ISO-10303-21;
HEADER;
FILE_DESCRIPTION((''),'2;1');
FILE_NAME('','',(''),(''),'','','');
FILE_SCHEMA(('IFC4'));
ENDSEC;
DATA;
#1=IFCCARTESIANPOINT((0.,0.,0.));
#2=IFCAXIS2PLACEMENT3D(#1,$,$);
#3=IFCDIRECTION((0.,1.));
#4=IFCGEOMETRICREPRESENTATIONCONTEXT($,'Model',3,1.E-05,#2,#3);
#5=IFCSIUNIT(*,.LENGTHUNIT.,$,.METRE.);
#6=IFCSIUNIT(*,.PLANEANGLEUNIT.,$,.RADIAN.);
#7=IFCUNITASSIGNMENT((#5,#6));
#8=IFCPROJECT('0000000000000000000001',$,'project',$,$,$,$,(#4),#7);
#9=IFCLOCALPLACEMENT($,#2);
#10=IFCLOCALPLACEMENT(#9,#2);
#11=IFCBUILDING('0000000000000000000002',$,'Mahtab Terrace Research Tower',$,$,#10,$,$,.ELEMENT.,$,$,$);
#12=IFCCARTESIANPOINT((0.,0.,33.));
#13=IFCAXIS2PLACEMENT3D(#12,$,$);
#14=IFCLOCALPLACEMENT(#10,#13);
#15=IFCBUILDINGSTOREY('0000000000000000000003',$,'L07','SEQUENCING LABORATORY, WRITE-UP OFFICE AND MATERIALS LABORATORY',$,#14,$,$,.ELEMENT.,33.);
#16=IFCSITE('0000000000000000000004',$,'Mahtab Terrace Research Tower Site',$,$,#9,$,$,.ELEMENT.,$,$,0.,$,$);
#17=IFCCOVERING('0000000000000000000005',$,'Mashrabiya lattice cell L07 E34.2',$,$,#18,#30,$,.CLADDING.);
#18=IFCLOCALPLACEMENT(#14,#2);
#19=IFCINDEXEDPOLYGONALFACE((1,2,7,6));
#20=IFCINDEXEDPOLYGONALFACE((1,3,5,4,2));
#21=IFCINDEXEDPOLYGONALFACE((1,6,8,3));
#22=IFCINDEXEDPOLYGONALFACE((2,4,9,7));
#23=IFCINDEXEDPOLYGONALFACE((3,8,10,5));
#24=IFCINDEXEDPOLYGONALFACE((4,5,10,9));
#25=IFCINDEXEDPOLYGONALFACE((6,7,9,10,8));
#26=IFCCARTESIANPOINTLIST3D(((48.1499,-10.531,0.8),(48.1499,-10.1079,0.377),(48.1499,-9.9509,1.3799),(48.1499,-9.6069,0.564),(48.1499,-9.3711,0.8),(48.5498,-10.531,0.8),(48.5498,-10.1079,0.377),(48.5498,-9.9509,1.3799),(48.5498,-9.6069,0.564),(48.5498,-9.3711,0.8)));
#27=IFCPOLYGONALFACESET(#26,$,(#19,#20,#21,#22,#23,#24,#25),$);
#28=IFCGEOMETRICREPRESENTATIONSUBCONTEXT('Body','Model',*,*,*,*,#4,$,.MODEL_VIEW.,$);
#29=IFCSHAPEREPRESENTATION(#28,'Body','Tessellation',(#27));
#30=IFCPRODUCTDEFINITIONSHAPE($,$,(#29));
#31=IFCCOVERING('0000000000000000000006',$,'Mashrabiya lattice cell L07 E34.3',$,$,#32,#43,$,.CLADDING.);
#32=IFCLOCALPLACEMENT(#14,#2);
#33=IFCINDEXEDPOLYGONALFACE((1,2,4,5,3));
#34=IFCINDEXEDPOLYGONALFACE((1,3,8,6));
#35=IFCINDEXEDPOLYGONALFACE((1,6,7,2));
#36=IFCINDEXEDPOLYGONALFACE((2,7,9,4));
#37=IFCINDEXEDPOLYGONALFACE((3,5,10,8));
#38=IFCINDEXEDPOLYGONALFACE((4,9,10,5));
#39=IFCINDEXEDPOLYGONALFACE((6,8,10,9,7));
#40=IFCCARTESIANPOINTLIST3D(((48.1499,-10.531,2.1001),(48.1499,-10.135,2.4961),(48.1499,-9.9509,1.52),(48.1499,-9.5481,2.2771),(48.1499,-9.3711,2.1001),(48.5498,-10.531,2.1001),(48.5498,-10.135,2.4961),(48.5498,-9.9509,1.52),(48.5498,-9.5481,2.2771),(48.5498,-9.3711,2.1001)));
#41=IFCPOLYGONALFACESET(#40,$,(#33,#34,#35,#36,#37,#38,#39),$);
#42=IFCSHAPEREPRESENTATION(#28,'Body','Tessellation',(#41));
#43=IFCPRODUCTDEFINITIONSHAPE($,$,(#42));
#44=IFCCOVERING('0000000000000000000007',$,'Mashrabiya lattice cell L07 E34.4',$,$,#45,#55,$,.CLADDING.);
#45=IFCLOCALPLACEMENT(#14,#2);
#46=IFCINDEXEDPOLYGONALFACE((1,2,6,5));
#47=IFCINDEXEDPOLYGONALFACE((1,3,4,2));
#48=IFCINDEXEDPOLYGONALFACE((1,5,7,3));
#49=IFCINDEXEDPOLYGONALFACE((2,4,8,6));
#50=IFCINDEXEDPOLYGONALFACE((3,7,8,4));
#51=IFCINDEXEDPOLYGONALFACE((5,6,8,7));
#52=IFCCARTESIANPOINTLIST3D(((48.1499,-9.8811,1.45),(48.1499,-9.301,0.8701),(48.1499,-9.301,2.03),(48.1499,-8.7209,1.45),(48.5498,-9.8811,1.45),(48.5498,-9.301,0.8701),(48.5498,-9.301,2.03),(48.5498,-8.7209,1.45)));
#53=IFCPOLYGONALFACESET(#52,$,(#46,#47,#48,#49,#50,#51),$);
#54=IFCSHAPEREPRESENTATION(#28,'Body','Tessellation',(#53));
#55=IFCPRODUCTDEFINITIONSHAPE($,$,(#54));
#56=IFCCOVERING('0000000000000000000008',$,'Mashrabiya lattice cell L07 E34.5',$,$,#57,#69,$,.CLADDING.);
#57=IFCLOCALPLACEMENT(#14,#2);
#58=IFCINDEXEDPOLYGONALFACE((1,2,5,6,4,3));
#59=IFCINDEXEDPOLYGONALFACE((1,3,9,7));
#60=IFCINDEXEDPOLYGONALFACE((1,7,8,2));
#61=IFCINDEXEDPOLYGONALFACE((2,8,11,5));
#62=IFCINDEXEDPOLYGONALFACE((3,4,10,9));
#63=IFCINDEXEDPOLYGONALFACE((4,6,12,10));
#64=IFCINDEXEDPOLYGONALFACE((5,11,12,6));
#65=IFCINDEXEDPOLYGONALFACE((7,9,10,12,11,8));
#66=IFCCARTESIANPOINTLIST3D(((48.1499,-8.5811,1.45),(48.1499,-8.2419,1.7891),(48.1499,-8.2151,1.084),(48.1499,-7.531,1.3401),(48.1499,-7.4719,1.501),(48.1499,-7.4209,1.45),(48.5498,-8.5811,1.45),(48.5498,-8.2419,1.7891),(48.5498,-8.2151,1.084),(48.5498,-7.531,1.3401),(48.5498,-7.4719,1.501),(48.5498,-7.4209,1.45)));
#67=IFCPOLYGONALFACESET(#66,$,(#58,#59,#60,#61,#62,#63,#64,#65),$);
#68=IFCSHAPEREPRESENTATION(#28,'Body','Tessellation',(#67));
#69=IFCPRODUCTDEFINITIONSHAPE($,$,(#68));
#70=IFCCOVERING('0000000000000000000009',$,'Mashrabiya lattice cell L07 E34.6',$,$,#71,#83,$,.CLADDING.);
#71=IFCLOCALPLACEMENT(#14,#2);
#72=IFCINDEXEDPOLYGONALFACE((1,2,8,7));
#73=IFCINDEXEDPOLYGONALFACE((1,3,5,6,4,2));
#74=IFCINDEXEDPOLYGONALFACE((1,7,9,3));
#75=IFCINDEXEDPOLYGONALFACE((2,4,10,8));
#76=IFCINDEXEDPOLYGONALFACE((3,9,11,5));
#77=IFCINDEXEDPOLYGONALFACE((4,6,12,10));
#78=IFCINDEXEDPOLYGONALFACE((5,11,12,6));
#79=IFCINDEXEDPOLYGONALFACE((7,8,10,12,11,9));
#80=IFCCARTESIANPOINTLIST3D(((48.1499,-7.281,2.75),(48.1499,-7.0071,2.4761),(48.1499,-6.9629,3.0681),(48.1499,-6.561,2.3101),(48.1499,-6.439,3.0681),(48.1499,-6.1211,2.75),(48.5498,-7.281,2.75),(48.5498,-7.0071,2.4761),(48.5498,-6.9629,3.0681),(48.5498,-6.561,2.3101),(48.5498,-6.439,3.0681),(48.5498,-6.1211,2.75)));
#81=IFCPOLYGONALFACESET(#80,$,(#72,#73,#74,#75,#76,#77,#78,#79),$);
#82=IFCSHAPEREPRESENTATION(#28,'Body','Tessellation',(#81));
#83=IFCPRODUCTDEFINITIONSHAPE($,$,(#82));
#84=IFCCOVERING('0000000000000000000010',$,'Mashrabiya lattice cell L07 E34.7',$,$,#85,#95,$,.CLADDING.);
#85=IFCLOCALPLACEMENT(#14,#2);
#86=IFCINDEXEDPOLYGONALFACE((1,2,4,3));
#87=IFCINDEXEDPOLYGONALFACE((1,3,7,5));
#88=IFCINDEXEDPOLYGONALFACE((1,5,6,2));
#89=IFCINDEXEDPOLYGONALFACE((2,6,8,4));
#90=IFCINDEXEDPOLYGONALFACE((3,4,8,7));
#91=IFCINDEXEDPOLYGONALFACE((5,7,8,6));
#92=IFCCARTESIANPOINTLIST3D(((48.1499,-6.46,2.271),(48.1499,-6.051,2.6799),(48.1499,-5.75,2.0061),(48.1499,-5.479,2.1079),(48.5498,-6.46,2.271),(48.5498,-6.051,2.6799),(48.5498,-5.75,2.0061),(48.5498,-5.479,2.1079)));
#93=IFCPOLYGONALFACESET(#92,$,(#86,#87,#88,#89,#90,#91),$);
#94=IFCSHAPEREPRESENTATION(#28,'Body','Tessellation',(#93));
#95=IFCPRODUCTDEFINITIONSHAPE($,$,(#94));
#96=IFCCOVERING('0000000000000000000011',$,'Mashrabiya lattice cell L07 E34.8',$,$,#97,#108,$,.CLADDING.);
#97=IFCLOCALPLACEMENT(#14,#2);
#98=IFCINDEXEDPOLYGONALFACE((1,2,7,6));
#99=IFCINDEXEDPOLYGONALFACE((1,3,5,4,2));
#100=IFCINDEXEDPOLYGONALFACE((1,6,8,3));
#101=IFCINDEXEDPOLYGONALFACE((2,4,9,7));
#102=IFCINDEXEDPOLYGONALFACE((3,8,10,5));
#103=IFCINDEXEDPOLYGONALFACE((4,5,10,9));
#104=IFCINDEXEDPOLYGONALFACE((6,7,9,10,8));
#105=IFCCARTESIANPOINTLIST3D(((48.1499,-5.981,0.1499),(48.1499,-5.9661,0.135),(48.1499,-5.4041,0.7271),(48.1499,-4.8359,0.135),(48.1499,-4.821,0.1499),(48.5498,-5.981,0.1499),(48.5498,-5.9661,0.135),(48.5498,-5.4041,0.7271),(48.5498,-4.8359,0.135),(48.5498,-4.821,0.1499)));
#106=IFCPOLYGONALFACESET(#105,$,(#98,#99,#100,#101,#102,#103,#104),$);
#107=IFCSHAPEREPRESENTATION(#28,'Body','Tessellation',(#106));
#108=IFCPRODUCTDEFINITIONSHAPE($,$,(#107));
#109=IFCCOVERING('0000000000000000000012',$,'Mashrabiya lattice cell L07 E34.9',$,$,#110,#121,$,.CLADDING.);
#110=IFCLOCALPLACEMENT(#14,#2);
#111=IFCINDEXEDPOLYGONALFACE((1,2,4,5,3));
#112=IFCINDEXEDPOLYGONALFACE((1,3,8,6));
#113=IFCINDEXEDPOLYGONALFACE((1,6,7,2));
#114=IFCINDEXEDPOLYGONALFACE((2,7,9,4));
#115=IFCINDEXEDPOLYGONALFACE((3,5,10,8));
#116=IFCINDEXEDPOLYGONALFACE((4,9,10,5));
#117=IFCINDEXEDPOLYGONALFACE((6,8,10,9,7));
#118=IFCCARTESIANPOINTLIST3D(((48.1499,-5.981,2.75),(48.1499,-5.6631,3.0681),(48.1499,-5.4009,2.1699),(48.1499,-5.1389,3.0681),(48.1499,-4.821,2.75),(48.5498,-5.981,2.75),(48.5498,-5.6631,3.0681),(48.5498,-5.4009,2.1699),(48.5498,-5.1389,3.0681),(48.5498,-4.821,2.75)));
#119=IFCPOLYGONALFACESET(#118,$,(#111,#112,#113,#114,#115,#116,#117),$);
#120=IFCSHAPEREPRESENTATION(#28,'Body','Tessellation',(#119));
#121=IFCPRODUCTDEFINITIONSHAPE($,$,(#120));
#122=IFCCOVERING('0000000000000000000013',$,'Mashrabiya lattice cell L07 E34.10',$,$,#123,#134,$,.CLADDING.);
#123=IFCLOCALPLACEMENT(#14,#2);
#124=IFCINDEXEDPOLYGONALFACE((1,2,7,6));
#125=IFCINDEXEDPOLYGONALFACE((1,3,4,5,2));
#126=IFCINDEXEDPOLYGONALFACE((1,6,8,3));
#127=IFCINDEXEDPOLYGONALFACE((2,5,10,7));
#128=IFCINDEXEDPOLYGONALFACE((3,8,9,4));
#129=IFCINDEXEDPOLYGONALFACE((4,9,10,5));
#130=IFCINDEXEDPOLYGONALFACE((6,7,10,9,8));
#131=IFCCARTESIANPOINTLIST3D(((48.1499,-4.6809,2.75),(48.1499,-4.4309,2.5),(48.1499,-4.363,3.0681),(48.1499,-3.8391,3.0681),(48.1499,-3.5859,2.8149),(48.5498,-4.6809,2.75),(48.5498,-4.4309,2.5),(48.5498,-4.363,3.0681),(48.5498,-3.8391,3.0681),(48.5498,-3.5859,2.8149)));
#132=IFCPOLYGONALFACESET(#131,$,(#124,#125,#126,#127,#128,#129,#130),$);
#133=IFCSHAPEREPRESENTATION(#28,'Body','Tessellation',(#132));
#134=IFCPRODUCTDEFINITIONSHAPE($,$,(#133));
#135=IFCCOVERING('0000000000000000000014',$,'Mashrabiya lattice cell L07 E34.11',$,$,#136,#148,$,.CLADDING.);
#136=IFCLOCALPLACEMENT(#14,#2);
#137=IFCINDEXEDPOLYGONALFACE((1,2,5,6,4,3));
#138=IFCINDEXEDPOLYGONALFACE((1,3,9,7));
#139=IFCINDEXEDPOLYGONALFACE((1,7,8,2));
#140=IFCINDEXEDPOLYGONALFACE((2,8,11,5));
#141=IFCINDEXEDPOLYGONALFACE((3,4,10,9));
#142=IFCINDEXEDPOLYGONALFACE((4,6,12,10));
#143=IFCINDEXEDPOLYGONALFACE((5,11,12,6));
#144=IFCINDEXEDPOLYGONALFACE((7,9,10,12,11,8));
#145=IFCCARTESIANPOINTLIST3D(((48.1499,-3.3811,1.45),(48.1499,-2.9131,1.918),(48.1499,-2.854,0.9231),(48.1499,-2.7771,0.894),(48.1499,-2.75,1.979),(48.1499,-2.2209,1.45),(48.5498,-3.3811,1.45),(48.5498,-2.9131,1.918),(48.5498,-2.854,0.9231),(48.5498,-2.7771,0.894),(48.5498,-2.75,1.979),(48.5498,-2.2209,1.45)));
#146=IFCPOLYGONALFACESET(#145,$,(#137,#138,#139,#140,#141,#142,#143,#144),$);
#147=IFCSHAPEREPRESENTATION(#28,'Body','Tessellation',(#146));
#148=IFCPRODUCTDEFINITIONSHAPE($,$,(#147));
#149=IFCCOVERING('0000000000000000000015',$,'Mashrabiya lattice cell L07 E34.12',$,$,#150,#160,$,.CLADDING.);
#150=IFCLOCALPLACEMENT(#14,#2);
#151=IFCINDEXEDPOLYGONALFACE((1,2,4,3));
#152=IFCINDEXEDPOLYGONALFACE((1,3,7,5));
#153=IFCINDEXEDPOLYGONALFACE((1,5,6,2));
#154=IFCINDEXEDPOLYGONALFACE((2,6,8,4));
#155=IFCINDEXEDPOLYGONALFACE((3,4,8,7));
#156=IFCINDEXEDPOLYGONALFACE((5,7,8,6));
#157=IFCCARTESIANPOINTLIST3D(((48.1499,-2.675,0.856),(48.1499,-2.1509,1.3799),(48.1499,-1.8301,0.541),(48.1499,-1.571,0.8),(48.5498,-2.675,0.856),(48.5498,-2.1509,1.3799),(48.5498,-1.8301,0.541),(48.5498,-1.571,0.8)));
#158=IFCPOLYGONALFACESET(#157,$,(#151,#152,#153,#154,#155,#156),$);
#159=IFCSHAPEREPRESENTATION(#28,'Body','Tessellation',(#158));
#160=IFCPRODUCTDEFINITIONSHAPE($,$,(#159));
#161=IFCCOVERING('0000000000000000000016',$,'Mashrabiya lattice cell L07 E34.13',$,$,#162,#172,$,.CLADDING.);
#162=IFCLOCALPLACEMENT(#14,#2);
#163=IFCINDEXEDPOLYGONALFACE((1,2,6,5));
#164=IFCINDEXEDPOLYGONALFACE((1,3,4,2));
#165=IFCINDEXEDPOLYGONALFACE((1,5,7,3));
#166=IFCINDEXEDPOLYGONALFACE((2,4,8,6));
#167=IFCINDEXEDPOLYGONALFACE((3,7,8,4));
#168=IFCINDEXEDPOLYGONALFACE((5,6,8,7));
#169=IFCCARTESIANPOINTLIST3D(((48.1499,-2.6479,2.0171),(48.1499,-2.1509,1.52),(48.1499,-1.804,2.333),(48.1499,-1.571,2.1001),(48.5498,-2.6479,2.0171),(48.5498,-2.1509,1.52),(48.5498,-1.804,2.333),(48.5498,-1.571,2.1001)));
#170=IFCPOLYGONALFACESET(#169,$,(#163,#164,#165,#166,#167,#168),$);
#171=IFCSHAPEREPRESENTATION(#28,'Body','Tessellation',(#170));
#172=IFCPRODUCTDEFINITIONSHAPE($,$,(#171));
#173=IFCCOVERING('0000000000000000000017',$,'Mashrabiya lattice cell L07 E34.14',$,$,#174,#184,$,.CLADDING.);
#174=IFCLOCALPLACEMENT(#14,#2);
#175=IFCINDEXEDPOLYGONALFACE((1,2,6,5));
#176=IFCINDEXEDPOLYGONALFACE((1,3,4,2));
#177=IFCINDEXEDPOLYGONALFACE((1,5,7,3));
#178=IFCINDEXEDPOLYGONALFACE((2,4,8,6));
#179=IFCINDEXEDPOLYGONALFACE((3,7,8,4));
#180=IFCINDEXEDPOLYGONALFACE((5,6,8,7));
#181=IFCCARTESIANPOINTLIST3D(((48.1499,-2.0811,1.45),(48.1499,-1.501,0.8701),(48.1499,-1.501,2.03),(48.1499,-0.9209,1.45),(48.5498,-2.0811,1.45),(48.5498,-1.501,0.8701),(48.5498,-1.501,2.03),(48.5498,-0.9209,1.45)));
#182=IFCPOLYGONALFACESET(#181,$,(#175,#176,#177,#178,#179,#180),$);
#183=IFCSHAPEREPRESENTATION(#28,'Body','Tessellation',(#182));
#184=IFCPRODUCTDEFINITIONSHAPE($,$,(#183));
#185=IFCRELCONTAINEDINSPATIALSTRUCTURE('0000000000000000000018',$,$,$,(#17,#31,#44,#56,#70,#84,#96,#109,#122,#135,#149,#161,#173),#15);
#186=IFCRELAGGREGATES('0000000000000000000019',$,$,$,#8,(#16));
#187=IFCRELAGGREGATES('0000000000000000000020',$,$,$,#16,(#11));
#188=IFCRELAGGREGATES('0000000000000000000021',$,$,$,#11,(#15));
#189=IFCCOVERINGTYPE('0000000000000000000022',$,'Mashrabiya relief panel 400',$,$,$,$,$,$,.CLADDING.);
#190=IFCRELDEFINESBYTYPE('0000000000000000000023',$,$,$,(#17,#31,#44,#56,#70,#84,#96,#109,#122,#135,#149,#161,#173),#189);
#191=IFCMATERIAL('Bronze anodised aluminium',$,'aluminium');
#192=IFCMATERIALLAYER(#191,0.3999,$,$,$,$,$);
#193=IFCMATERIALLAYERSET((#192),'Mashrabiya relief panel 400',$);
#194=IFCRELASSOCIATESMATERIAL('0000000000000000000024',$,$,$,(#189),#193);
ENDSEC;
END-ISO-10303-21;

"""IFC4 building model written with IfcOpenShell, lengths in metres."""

from ifc_helpers import new_model, si_unit, direction, frame, origin, place, context, subcontext, project, spatial, polyline, outline, extrude, material, layer, layer_set, type_object, element, save


model = new_model("IFC4")

# Units and contexts
model_context = context("Model", 3, precision=1e-05, world=origin(), true_north=direction((0.0, 1.0)))
body_context = subcontext(model_context, "Body", "Model", "MODEL_VIEW")
ifc_project = project(units=[si_unit("LENGTHUNIT", "METRE"), si_unit("PLANEANGLEUNIT", "RADIAN")], contexts=[model_context])

# Site, building, storey
site_placement = place(None, origin())
site = spatial("IfcSite", under=ifc_project, at=site_placement, Name="Mahtab Terrace Research Tower Site", CompositionType="ELEMENT", RefElevation=0.0)
building_placement = place(site_placement, origin())
building = spatial("IfcBuilding", under=site, at=building_placement, Name="Mahtab Terrace Research Tower", CompositionType="ELEMENT")
storey_placement = place(building_placement, frame((0.0, 0.0, 33.0)))
storey = spatial("IfcBuildingStorey", under=building, at=storey_placement, Name="L07", Description="SEQUENCING LABORATORY, WRITE-UP OFFICE AND MATERIALS LABORATORY", CompositionType="ELEMENT", Elevation=33.0)

# Coverings
ifc_material = material(Name="Bronze anodised aluminium", Category="aluminium")
ifc_layer = layer(ifc_material, 0.3999)
ifc_layer_set = layer_set([ifc_layer], Name="Mashrabiya relief panel 400")
covering_type = type_object("IfcCoveringType", Name="Mashrabiya relief panel 400", PredefinedType="CLADDING", material=ifc_layer_set)
covering_1_placement = place(storey_placement, frame((48.1499, -10.531, 0.8), z_axis=(-1.0, 0.0, 0.0), x_axis=(0.0, 0.707256, 0.706958)))
element("IfcCovering", 1, at=covering_1_placement, inside=storey, type_object=covering_type, Name="Mashrabiya lattice cell L07 E34.2", PredefinedType="CLADDING", context=body_context, shape_type="SweptSolid", body=[
    extrude(outline(polyline([(0.0, 0.0), (0.8202, 0.0), (0.8204, 0.82), (0.4867, 0.8203), (0.0001, 0.5983), (0.0, 0.0)])), origin(), (0.0, 0.0, -1.0), 0.3999),
])
covering_2_placement = place(storey_placement, frame((48.1499, -9.3711, 2.1001), z_axis=(-1.0, 0.0, 0.0), x_axis=(0.0, -0.706958, -0.707256)))
element("IfcCovering", 2, at=covering_2_placement, inside=storey, type_object=covering_type, Name="Mashrabiya lattice cell L07 E34.3", PredefinedType="CLADDING", context=body_context, shape_type="SweptSolid", body=[
    extrude(outline(polyline([(0.0, 0.0), (0.8202, 0.0), (0.82, 0.8204), (0.26, 0.8202), (-0.0001, 0.2503), (0.0, 0.0)])), origin(), (0.0, 0.0, -1.0), 0.3999),
])
covering_3_placement = place(storey_placement, frame((48.1499, -9.301, 2.03), z_axis=(-1.0, 0.0, 0.0), x_axis=(0.0, 0.707107, -0.707107)))
element("IfcCovering", 3, at=covering_3_placement, inside=storey, type_object=covering_type, Name="Mashrabiya lattice cell L07 E34.4", PredefinedType="CLADDING", context=body_context, shape_type="SweptSolid", body=[
    extrude(outline(polyline([(0.0, 0.0), (0.8204, 0.0), (0.8202, 0.8202), (0.0, 0.8204), (0.0, 0.0)])), origin(), (0.0, 0.0, -1.0), 0.3999),
])
covering_4_placement = place(storey_placement, frame((48.1499, -8.5811, 1.45), z_axis=(-1.0, 0.0, 0.0), x_axis=(0.0, 0.707107, 0.707107)))
element("IfcCovering", 4, at=covering_4_placement, inside=storey, type_object=covering_type, Name="Mashrabiya lattice cell L07 E34.5", PredefinedType="CLADDING", context=body_context, shape_type="SweptSolid", body=[
    extrude(outline(polyline([(0.0, 0.0), (0.4796, 0.0), (0.8204, 0.7482), (0.8204, 0.8204), (0.6648, 0.8202), (0.0, 0.5176), (0.0, 0.0)])), origin(), (0.0, 0.0, -1.0), 0.3999),
])
covering_5_placement = place(storey_placement, frame((48.1499, -7.281, 2.75), z_axis=(-1.0, 0.0, 0.0), x_axis=(0.0, 0.707107, 0.707107)))
element("IfcCovering", 5, at=covering_5_placement, inside=storey, type_object=covering_type, Name="Mashrabiya lattice cell L07 E34.6", PredefinedType="CLADDING", context=body_context, shape_type="SweptSolid", body=[
    extrude(outline(polyline([(0.0, 0.0), (0.4499, 0.0), (0.8204, 0.3705), (0.8202, 0.8202), (0.198, 0.8202), (0.0, 0.3874), (0.0, 0.0)])), origin(), (0.0, 0.0, -1.0), 0.3999),
])
covering_6_placement = place(storey_placement, frame((48.1499, -6.051, 2.6799), z_axis=(-1.0, 0.0, 0.0), x_axis=(0.0, 0.707107, -0.707107)))
element("IfcCovering", 6, at=covering_6_placement, inside=storey, type_object=covering_type, Name="Mashrabiya lattice cell L07 E34.7", PredefinedType="CLADDING", context=body_context, shape_type="SweptSolid", body=[
    extrude(outline(polyline([(0.0, 0.0), (0.809, 0.0), (0.6893, 0.2636), (0.0, 0.5783), (0.0, 0.0)])), origin(), (0.0, 0.0, -1.0), 0.3999),
])
covering_7_placement = place(storey_placement, frame((48.1499, -5.981, 0.1499), z_axis=(-1.0, 0.0, 0.0), x_axis=(0.0, 0.706957, 0.707256)))
element("IfcCovering", 7, at=covering_7_placement, inside=storey, type_object=covering_type, Name="Mashrabiya lattice cell L07 E34.8", PredefinedType="CLADDING", context=body_context, shape_type="SweptSolid", body=[
    extrude(outline(polyline([(0.0, 0.0), (0.816, 0.0), (0.82, 0.8204), (0.7989, 0.8204), (0.0, 0.0211), (0.0, 0.0)])), origin(), (0.0, 0.0, -1.0), 0.3999),
])
covering_8_placement = place(storey_placement, frame((48.1499, -4.821, 2.75), z_axis=(-1.0, 0.0, 0.0), x_axis=(0.0, -0.706958, -0.707256)))
element("IfcCovering", 8, at=covering_8_placement, inside=storey, type_object=covering_type, Name="Mashrabiya lattice cell L07 E34.9", PredefinedType="CLADDING", context=body_context, shape_type="SweptSolid", body=[
    extrude(outline(polyline([(0.0, 0.0), (0.8202, 0.0), (0.82, 0.8204), (0.3703, 0.8204), (-0.0003, 0.4497), (0.0, 0.0)])), origin(), (0.0, 0.0, -1.0), 0.3999),
])
covering_9_placement = place(storey_placement, frame((48.1499, -4.6809, 2.75), z_axis=(-1.0, 0.0, 0.0), x_axis=(0.0, 0.706835, 0.707378)))
element("IfcCovering", 9, at=covering_9_placement, inside=storey, type_object=covering_type, Name="Mashrabiya lattice cell L07 E34.10", PredefinedType="CLADDING", context=body_context, shape_type="SweptSolid", body=[
    extrude(outline(polyline([(0.0, 0.0), (0.4497, 0.0), (0.82, 0.3706), (0.8199, 0.7287), (-0.0001, 0.3536), (0.0, 0.0)])), origin(), (0.0, 0.0, -1.0), 0.3999),
])
covering_10_placement = place(storey_placement, frame((48.1499, -3.3811, 1.45), z_axis=(-1.0, 0.0, 0.0), x_axis=(0.0, 0.707107, 0.707107)))
element("IfcCovering", 10, at=covering_10_placement, inside=storey, type_object=covering_type, Name="Mashrabiya lattice cell L07 E34.11", PredefinedType="CLADDING", context=body_context, shape_type="SweptSolid", body=[
    extrude(outline(polyline([(0.0, 0.0), (0.6619, 0.0), (0.8204, 0.0722), (0.8204, 0.8204), (0.034, 0.8202), (0.0002, 0.7453), (0.0, 0.0)])), origin(), (0.0, 0.0, -1.0), 0.3999),
])
covering_11_placement = place(storey_placement, frame((48.1499, -2.1509, 1.3799), z_axis=(-1.0, 0.0, 0.0), x_axis=(0.0, 0.707107, -0.707107)))
element("IfcCovering", 11, at=covering_11_placement, inside=storey, type_object=covering_type, Name="Mashrabiya lattice cell L07 E34.12", PredefinedType="CLADDING", context=body_context, shape_type="SweptSolid", body=[
    extrude(outline(polyline([(0.0, 0.0), (0.82, 0.0), (0.82, 0.3663), (-0.0002, 0.7411), (0.0, 0.0)])), origin(), (0.0, 0.0, -1.0), 0.3999),
])
covering_12_placement = place(storey_placement, frame((48.1499, -1.571, 2.1001), z_axis=(-1.0, 0.0, 0.0), x_axis=(0.0, -0.706958, -0.707256)))
element("IfcCovering", 12, at=covering_12_placement, inside=storey, type_object=covering_type, Name="Mashrabiya lattice cell L07 E34.13", PredefinedType="CLADDING", context=body_context, shape_type="SweptSolid", body=[
    extrude(outline(polyline([(0.0, 0.0), (0.8202, 0.0), (0.82, 0.703), (-0.0001, 0.3294), (0.0, 0.0)])), origin(), (0.0, 0.0, -1.0), 0.3999),
])
covering_13_placement = place(storey_placement, frame((48.1499, -1.501, 2.03), z_axis=(-1.0, 0.0, 0.0), x_axis=(0.0, 0.707107, -0.707107)))
element("IfcCovering", 13, at=covering_13_placement, inside=storey, type_object=covering_type, Name="Mashrabiya lattice cell L07 E34.14", PredefinedType="CLADDING", context=body_context, shape_type="SweptSolid", body=[
    extrude(outline(polyline([(0.0, 0.0), (0.8204, 0.0), (0.8202, 0.8202), (0.0, 0.8204), (0.0, 0.0)])), origin(), (0.0, 0.0, -1.0), 0.3999),
])

save(model, "model.ifc")
